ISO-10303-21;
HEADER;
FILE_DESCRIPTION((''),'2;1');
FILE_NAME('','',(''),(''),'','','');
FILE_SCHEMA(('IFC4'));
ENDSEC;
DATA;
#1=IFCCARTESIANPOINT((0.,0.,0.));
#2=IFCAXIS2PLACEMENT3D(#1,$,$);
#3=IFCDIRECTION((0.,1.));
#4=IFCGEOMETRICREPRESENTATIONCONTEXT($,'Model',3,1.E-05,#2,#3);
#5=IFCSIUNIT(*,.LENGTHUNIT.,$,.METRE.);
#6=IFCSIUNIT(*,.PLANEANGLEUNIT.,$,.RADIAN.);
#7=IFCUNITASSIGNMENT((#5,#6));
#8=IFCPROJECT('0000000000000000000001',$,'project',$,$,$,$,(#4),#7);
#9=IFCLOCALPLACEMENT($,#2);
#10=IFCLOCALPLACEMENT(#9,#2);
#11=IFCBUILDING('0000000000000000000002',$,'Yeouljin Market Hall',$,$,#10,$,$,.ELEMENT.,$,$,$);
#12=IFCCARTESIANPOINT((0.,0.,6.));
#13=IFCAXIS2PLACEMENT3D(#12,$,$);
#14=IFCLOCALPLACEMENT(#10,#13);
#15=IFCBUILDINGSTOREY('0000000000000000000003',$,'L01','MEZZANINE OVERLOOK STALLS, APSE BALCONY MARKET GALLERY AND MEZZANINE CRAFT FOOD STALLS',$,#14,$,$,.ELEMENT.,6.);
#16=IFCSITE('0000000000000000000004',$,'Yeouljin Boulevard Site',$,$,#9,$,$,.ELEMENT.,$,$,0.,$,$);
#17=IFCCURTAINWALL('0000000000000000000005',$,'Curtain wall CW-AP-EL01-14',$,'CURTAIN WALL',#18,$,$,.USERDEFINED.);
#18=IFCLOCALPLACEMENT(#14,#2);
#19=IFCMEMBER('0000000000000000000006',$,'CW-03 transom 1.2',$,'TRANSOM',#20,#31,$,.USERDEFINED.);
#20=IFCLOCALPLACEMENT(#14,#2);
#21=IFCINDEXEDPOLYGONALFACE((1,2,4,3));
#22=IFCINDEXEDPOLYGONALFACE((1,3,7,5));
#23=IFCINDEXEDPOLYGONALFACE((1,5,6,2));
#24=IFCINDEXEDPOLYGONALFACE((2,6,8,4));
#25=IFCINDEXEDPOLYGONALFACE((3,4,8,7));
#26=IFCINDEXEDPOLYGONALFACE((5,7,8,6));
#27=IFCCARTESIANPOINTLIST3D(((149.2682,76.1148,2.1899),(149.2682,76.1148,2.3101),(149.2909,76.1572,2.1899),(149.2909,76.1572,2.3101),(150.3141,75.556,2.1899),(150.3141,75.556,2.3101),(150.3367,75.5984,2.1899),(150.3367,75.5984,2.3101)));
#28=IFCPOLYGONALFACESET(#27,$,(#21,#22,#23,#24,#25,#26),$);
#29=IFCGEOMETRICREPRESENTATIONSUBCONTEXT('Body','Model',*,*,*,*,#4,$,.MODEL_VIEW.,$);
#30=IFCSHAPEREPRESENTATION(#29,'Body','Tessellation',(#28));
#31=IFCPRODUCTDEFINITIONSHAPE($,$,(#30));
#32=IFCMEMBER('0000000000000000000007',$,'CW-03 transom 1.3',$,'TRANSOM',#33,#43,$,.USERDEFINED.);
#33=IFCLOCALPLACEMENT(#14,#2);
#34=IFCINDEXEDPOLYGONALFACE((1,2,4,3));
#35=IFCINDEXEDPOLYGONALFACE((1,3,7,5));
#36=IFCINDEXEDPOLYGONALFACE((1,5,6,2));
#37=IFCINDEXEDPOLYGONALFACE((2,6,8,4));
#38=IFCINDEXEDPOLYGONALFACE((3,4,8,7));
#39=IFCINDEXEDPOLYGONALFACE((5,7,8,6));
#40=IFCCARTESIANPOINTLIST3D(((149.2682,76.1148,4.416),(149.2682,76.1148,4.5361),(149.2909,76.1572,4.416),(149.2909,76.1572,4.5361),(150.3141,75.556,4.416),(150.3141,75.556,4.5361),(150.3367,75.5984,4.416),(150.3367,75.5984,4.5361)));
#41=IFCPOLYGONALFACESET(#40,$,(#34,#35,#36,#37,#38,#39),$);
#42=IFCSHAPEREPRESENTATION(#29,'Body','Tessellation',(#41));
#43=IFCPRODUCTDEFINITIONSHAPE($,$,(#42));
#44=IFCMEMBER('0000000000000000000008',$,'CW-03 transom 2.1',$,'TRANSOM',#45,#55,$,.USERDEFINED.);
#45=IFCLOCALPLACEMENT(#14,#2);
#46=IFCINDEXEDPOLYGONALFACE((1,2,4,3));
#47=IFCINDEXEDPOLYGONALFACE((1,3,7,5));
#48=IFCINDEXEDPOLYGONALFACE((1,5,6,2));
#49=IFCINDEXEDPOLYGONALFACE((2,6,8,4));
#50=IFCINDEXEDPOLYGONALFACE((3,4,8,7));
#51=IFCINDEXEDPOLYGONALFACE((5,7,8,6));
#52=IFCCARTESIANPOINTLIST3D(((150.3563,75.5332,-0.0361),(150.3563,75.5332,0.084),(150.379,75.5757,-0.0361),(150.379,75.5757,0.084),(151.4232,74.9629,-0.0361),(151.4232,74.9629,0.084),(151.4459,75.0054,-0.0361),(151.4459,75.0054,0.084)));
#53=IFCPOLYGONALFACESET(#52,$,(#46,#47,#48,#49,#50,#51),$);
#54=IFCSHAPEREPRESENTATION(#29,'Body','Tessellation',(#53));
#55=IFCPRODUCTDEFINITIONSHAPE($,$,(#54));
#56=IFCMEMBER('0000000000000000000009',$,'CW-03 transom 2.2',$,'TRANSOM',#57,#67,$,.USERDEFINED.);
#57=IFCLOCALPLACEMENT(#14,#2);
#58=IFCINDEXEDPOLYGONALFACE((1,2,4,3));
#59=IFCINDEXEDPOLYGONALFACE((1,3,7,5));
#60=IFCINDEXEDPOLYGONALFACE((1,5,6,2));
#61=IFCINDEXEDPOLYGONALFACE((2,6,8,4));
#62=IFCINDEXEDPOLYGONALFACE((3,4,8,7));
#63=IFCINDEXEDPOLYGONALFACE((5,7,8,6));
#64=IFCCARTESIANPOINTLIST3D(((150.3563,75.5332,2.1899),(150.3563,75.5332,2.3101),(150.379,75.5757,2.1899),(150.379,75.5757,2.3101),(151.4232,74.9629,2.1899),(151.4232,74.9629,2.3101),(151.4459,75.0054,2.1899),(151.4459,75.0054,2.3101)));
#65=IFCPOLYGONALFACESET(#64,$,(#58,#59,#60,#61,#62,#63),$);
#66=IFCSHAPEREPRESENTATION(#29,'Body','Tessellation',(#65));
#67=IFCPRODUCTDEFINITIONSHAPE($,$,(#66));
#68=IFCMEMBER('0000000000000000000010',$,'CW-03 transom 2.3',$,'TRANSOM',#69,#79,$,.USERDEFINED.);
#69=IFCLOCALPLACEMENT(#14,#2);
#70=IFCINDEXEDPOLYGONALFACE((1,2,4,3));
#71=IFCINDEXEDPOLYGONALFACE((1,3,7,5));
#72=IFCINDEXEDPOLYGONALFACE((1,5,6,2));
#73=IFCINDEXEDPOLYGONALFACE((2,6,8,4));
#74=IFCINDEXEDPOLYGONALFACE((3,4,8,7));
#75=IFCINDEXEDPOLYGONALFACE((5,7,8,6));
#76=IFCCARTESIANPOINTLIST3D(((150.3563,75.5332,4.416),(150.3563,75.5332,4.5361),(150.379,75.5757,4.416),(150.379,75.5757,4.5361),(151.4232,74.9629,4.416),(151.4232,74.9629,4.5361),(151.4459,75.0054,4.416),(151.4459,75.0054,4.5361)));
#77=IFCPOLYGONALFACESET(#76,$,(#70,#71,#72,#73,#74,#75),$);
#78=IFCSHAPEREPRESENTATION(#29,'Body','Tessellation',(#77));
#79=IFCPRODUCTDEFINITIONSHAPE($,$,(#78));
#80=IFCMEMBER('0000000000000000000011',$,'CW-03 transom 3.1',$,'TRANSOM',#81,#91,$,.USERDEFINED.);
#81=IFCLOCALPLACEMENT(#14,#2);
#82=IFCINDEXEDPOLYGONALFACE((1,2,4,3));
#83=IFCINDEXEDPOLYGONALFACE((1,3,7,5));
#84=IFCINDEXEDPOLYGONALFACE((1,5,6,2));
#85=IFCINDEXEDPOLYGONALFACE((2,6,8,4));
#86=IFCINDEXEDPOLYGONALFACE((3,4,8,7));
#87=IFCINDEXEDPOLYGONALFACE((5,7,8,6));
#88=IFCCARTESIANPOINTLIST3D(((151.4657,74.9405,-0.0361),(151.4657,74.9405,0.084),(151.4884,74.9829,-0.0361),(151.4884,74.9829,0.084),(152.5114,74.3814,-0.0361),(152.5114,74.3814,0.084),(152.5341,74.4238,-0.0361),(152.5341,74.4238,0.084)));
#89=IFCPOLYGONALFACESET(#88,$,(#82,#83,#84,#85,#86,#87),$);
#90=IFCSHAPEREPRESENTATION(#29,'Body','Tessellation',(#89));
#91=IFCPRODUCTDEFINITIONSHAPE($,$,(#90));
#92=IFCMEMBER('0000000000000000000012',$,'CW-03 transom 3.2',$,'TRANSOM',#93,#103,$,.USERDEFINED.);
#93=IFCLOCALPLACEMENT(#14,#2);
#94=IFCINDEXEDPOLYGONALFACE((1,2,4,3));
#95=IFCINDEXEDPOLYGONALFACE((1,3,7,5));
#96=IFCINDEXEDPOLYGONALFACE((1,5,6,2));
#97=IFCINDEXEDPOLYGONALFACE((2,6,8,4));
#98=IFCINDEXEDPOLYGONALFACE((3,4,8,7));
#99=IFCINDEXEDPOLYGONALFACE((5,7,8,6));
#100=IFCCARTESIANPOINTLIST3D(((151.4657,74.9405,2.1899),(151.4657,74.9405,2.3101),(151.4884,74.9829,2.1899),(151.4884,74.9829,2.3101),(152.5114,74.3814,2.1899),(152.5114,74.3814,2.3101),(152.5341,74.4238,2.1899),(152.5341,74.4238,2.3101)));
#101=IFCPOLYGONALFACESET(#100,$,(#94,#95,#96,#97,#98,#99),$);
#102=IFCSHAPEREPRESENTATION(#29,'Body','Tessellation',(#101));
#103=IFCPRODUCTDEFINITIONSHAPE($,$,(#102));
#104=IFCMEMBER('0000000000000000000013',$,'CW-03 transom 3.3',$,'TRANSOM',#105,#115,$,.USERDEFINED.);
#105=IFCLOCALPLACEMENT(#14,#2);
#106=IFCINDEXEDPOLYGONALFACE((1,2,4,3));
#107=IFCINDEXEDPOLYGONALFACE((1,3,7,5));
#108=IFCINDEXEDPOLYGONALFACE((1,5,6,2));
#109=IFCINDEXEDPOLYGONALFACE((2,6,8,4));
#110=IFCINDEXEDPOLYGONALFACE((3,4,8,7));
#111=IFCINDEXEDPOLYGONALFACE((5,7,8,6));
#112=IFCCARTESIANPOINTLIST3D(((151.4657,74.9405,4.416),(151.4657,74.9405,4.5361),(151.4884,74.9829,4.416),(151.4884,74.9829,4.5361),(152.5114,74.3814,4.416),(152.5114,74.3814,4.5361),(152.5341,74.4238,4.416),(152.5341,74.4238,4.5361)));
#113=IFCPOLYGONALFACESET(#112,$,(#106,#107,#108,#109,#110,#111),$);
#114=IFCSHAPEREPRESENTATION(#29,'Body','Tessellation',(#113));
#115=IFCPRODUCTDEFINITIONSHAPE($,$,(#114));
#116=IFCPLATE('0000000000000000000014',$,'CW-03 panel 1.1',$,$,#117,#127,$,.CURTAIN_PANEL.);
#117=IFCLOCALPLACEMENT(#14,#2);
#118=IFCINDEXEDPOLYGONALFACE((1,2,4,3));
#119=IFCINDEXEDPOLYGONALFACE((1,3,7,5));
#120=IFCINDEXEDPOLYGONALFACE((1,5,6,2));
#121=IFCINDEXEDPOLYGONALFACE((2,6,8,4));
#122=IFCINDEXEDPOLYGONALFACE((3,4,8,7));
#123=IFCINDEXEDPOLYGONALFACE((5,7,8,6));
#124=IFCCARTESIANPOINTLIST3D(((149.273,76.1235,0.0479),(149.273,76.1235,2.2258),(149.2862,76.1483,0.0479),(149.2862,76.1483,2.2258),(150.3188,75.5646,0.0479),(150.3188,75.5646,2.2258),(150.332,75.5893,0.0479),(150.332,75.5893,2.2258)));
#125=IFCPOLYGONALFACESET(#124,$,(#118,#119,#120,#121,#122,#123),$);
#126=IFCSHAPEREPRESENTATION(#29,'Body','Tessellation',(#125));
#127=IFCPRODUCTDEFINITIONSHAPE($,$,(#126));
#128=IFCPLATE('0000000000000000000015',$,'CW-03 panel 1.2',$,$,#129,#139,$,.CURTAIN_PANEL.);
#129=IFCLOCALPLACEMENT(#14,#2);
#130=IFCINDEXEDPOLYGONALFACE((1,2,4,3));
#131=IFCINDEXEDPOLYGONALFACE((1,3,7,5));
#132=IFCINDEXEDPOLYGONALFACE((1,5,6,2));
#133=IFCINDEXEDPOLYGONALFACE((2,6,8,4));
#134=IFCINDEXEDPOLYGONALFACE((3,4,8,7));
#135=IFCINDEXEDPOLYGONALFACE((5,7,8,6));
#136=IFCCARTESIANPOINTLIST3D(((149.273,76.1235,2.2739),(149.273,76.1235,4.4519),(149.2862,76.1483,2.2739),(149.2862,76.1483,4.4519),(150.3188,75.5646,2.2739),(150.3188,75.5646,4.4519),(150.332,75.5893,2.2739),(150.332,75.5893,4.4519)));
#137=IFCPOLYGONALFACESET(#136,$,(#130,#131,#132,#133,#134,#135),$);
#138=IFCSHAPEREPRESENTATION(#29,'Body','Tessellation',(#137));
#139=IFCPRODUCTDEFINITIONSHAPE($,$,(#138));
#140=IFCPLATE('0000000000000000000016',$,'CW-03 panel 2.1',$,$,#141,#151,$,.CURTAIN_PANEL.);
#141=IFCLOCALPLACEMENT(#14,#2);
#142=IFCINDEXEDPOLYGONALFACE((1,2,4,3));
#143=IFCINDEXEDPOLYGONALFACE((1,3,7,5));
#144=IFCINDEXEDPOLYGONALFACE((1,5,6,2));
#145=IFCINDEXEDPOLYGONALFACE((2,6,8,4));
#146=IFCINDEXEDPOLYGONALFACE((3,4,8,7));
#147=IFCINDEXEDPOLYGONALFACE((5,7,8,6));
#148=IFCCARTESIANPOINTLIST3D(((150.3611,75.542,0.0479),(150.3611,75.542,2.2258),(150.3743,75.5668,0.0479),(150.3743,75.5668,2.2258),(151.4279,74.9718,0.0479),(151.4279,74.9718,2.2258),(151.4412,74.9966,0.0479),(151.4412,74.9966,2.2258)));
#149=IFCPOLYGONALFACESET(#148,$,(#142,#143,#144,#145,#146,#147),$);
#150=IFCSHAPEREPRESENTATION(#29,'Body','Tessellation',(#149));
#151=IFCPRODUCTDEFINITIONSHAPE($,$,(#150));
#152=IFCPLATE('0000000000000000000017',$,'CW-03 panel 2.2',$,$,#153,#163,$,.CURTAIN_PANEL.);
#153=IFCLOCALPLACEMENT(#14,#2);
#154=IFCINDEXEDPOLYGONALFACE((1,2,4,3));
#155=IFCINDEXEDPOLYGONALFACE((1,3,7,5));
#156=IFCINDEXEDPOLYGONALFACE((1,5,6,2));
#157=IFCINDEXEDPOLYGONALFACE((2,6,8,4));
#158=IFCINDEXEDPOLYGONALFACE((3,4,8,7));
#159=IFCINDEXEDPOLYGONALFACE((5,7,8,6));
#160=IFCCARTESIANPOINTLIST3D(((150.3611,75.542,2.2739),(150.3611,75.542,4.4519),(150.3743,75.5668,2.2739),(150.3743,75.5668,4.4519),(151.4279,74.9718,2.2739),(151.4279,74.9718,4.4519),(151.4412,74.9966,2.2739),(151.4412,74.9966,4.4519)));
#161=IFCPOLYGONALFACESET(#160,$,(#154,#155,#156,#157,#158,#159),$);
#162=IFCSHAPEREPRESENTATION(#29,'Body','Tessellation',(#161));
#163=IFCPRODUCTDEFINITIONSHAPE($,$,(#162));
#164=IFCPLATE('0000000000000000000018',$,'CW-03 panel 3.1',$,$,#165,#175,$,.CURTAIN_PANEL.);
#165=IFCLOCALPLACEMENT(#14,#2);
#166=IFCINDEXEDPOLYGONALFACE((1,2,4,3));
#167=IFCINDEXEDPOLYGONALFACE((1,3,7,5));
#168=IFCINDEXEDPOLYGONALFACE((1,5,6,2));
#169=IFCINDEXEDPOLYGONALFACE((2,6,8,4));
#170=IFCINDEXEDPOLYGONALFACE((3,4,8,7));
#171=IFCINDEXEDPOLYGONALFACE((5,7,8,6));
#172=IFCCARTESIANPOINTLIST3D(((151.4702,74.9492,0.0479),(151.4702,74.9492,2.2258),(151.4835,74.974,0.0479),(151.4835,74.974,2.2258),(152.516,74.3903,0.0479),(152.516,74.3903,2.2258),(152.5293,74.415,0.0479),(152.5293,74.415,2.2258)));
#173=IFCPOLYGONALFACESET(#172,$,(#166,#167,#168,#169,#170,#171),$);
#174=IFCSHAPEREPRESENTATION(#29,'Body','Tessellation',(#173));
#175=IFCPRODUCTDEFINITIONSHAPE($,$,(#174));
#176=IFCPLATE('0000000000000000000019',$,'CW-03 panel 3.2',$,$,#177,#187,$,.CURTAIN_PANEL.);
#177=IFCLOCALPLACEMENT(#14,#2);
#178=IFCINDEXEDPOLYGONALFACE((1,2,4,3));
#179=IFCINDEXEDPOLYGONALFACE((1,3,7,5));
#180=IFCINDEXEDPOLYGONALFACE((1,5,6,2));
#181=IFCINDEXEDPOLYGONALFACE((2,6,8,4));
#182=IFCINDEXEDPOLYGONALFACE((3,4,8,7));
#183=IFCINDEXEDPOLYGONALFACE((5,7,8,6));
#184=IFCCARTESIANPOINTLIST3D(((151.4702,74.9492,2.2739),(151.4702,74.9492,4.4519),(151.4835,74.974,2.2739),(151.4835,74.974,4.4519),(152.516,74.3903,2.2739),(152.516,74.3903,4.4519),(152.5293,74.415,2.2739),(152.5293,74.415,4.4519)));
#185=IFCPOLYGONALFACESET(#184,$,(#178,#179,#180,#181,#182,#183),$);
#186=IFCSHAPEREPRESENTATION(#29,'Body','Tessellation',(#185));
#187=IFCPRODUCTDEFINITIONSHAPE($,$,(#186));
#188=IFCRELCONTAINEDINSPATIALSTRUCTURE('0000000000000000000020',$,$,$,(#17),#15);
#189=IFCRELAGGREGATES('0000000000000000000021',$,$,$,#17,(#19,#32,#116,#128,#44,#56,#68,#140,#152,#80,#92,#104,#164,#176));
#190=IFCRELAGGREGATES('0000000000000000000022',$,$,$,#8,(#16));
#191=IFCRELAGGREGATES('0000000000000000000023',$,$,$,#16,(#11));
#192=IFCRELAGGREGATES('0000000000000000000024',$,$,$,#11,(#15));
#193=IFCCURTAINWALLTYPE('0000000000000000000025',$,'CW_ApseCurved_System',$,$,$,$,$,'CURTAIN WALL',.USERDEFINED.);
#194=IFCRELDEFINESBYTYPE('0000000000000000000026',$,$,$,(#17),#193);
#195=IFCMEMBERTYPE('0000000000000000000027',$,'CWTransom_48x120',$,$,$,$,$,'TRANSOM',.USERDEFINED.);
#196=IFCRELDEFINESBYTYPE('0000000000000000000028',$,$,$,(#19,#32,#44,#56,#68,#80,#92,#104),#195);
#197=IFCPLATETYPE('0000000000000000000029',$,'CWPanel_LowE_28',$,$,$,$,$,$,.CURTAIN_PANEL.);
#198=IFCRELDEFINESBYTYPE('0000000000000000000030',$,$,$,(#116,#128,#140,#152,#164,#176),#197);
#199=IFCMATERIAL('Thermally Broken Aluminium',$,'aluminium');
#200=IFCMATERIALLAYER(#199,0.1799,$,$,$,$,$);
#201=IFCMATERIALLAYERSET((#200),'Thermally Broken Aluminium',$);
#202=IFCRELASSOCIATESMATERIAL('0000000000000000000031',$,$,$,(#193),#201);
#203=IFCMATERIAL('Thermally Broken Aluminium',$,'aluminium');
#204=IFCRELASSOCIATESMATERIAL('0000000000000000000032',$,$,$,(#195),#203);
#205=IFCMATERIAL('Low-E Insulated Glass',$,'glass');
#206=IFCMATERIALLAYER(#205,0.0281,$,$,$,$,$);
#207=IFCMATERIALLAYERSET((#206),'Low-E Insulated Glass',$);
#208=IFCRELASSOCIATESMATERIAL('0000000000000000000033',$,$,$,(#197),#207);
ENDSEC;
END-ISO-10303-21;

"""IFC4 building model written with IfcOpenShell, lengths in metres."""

from ifc_helpers import new_model, si_unit, direction, frame, origin, origin_2d, place, context, subcontext, project, spatial, rectangle, extrude, material, layer, layer_set, material_profile, profile_set, type_object, element, aggregate, save


model = new_model("IFC4")

# Units and contexts
model_context = context("Model", 3, precision=1e-05, world=origin(), true_north=direction((0.0, 1.0)))
body_context = subcontext(model_context, "Body", "Model", "MODEL_VIEW")
ifc_project = project(units=[si_unit("LENGTHUNIT", "METRE"), si_unit("PLANEANGLEUNIT", "RADIAN")], contexts=[model_context])

# Site, building, storey
site_placement = place(None, origin())
site = spatial("IfcSite", under=ifc_project, at=site_placement, Name="Yeouljin Boulevard Site", CompositionType="ELEMENT", RefElevation=0.0)
building_placement = place(site_placement, origin())
building = spatial("IfcBuilding", under=site, at=building_placement, Name="Yeouljin Market Hall", CompositionType="ELEMENT")
storey_placement = place(building_placement, frame((0.0, 0.0, 6.0)))
storey = spatial("IfcBuildingStorey", under=building, at=storey_placement, Name="L01", Description="MEZZANINE OVERLOOK STALLS, APSE BALCONY MARKET GALLERY AND MEZZANINE CRAFT FOOD STALLS", CompositionType="ELEMENT", Elevation=6.0)

# Curtain wall
ifc_material_1 = material(Name="Thermally Broken Aluminium", Category="aluminium")
ifc_layer_1 = layer(ifc_material_1, 0.1799)
ifc_layer_set_1 = layer_set([ifc_layer_1], Name="Thermally Broken Aluminium")
curtain_wall_type = type_object("IfcCurtainWallType", Name="CW_ApseCurved_System", ElementType="CURTAIN WALL", PredefinedType="USERDEFINED", material=ifc_layer_set_1)
curtain_wall_1_placement = place(storey_placement, origin())
curtain_wall_1 = element("IfcCurtainWall", 1, at=curtain_wall_1_placement, inside=storey, type_object=curtain_wall_type, Name="Curtain wall CW-AP-EL01-14", ObjectType="CURTAIN WALL", PredefinedType="USERDEFINED")

# Members
ifc_material_2 = material(Name="Thermally Broken Aluminium", Category="aluminium")
ifc_material_profile_1 = material_profile(ifc_material_2, rectangle(XDim=0.0481, YDim=0.1201, at=origin_2d()), Name="CW-TRAN-48x120")
ifc_profile_set_1 = profile_set([ifc_material_profile_1], Name="Thermally Broken Aluminium")
member_type_1 = type_object("IfcMemberType", Name="CWTransom_48x120", ElementType="TRANSOM", PredefinedType="USERDEFINED", material=ifc_profile_set_1)
member_1_placement = place(storey_placement, frame((149.2795, 76.136, 2.25), z_axis=(0.881994, -0.471261, 0.0), x_axis=(0.471261, 0.881994, 0.0)))
member_1 = element("IfcMember", 2, at=member_1_placement, type_object=member_type_1, Name="CW-03 transom 1.2", ObjectType="TRANSOM", PredefinedType="USERDEFINED", context=body_context, shape_type="SweptSolid", body=[
    extrude(rectangle(XDim=0.0481, YDim=0.1201, at=origin_2d()), origin(), (0.0, 0.0, 1.0), 1.1858),
])
member_2_placement = place(storey_placement, frame((149.2795, 76.136, 4.4761), z_axis=(0.881994, -0.471261, 0.0), x_axis=(0.471261, 0.881994, 0.0)))
member_2 = element("IfcMember", 3, at=member_2_placement, type_object=member_type_1, Name="CW-03 transom 1.3", ObjectType="TRANSOM", PredefinedType="USERDEFINED", context=body_context, shape_type="SweptSolid", body=[
    extrude(rectangle(XDim=0.0481, YDim=0.1201, at=origin_2d()), origin(), (0.0, 0.0, 1.0), 1.1858),
])
member_3_placement = place(storey_placement, frame((150.3677, 75.5544, 0.0239), z_axis=(0.881906, -0.471426, 0.0), x_axis=(0.471426, 0.881906, 0.0)))
member_3 = element("IfcMember", 4, at=member_3_placement, type_object=member_type_1, Name="CW-03 transom 2.1", ObjectType="TRANSOM", PredefinedType="USERDEFINED", context=body_context, shape_type="SweptSolid", body=[
    extrude(rectangle(XDim=0.0481, YDim=0.1201, at=origin_2d()), origin(), (0.0, 0.0, 1.0), 1.2097),
])
member_4_placement = place(storey_placement, frame((150.3677, 75.5544, 2.25), z_axis=(0.881906, -0.471426, 0.0), x_axis=(0.471426, 0.881906, 0.0)))
member_4 = element("IfcMember", 5, at=member_4_placement, type_object=member_type_1, Name="CW-03 transom 2.2", ObjectType="TRANSOM", PredefinedType="USERDEFINED", context=body_context, shape_type="SweptSolid", body=[
    extrude(rectangle(XDim=0.0481, YDim=0.1201, at=origin_2d()), origin(), (0.0, 0.0, 1.0), 1.2097),
])
member_5_placement = place(storey_placement, frame((150.3677, 75.5544, 4.4761), z_axis=(0.881906, -0.471426, 0.0), x_axis=(0.471426, 0.881906, 0.0)))
member_5 = element("IfcMember", 6, at=member_5_placement, type_object=member_type_1, Name="CW-03 transom 2.3", ObjectType="TRANSOM", PredefinedType="USERDEFINED", context=body_context, shape_type="SweptSolid", body=[
    extrude(rectangle(XDim=0.0481, YDim=0.1201, at=origin_2d()), origin(), (0.0, 0.0, 1.0), 1.2097),
])
member_6_placement = place(storey_placement, frame((151.4771, 74.9617, 0.0239), z_axis=(0.881862, -0.471507, 0.0), x_axis=(0.471507, 0.881862, 0.0)))
member_6 = element("IfcMember", 7, at=member_6_placement, type_object=member_type_1, Name="CW-03 transom 3.1", ObjectType="TRANSOM", PredefinedType="USERDEFINED", context=body_context, shape_type="SweptSolid", body=[
    extrude(rectangle(XDim=0.0481, YDim=0.1201, at=origin_2d()), origin(), (0.0, 0.0, 1.0), 1.1858),
])
member_7_placement = place(storey_placement, frame((151.4771, 74.9617, 2.25), z_axis=(0.881862, -0.471507, 0.0), x_axis=(0.471507, 0.881862, 0.0)))
member_7 = element("IfcMember", 8, at=member_7_placement, type_object=member_type_1, Name="CW-03 transom 3.2", ObjectType="TRANSOM", PredefinedType="USERDEFINED", context=body_context, shape_type="SweptSolid", body=[
    extrude(rectangle(XDim=0.0481, YDim=0.1201, at=origin_2d()), origin(), (0.0, 0.0, 1.0), 1.1858),
])
member_8_placement = place(storey_placement, frame((151.4771, 74.9617, 4.4761), z_axis=(0.881862, -0.471507, 0.0), x_axis=(0.471507, 0.881862, 0.0)))
member_8 = element("IfcMember", 9, at=member_8_placement, type_object=member_type_1, Name="CW-03 transom 3.3", ObjectType="TRANSOM", PredefinedType="USERDEFINED", context=body_context, shape_type="SweptSolid", body=[
    extrude(rectangle(XDim=0.0481, YDim=0.1201, at=origin_2d()), origin(), (0.0, 0.0, 1.0), 1.1858),
])

# Plates
ifc_material_3 = material(Name="Low-E Insulated Glass", Category="glass")
ifc_layer_2 = layer(ifc_material_3, 0.0281)
ifc_layer_set_2 = layer_set([ifc_layer_2], Name="Low-E Insulated Glass")
plate_type = type_object("IfcPlateType", Name="CWPanel_LowE_28", PredefinedType="CURTAIN_PANEL", material=ifc_layer_set_2)
plate_1_placement = place(storey_placement, frame((149.8025, 75.8564, 0.0479), z_axis=(0.0, 0.0, 1.0), x_axis=(0.881931, -0.471378, 0.0)))
plate_1 = element("IfcPlate", 10, at=plate_1_placement, type_object=plate_type, Name="CW-03 panel 1.1", PredefinedType="CURTAIN_PANEL", context=body_context, shape_type="SweptSolid", body=[
    extrude(rectangle(XDim=1.1858, YDim=0.0281, at=origin_2d()), origin(), (0.0, 0.0, 1.0), 2.178),
])
plate_2_placement = place(storey_placement, frame((149.8025, 75.8564, 2.2739), z_axis=(0.0, 0.0, 1.0), x_axis=(0.881931, -0.471378, 0.0)))
plate_2 = element("IfcPlate", 11, at=plate_2_placement, type_object=plate_type, Name="CW-03 panel 1.2", PredefinedType="CURTAIN_PANEL", context=body_context, shape_type="SweptSolid", body=[
    extrude(rectangle(XDim=1.1858, YDim=0.0281, at=origin_2d()), origin(), (0.0, 0.0, 1.0), 2.178),
])
plate_3_placement = place(storey_placement, frame((150.9011, 75.2693, 0.0479), z_axis=(0.0, 0.0, 1.0), x_axis=(0.881931, -0.471378, 0.0)))
plate_3 = element("IfcPlate", 12, at=plate_3_placement, type_object=plate_type, Name="CW-03 panel 2.1", PredefinedType="CURTAIN_PANEL", context=body_context, shape_type="SweptSolid", body=[
    extrude(rectangle(XDim=1.2097, YDim=0.0281, at=origin_2d()), origin(), (0.0, 0.0, 1.0), 2.178),
])
plate_4_placement = place(storey_placement, frame((150.9011, 75.2693, 2.2739), z_axis=(0.0, 0.0, 1.0), x_axis=(0.881931, -0.471378, 0.0)))
plate_4 = element("IfcPlate", 13, at=plate_4_placement, type_object=plate_type, Name="CW-03 panel 2.2", PredefinedType="CURTAIN_PANEL", context=body_context, shape_type="SweptSolid", body=[
    extrude(rectangle(XDim=1.2097, YDim=0.0281, at=origin_2d()), origin(), (0.0, 0.0, 1.0), 2.178),
])
plate_5_placement = place(storey_placement, frame((151.9998, 74.6821, 0.0479), z_axis=(0.0, 0.0, 1.0), x_axis=(0.881931, -0.471378, 0.0)))
plate_5 = element("IfcPlate", 14, at=plate_5_placement, type_object=plate_type, Name="CW-03 panel 3.1", PredefinedType="CURTAIN_PANEL", context=body_context, shape_type="SweptSolid", body=[
    extrude(rectangle(XDim=1.1858, YDim=0.0281, at=origin_2d()), origin(), (0.0, 0.0, 1.0), 2.178),
])
plate_6_placement = place(storey_placement, frame((151.9998, 74.6821, 2.2739), z_axis=(0.0, 0.0, 1.0), x_axis=(0.881931, -0.471378, 0.0)))
plate_6 = element("IfcPlate", 15, at=plate_6_placement, type_object=plate_type, Name="CW-03 panel 3.2", PredefinedType="CURTAIN_PANEL", context=body_context, shape_type="SweptSolid", body=[
    extrude(rectangle(XDim=1.1858, YDim=0.0281, at=origin_2d()), origin(), (0.0, 0.0, 1.0), 2.178),
])
aggregate(curtain_wall_1, [member_1, member_2, plate_1, plate_2, member_3, member_4, member_5, plate_3, plate_4, member_6, member_7, member_8, plate_5, plate_6])

save(model, "model.ifc")
